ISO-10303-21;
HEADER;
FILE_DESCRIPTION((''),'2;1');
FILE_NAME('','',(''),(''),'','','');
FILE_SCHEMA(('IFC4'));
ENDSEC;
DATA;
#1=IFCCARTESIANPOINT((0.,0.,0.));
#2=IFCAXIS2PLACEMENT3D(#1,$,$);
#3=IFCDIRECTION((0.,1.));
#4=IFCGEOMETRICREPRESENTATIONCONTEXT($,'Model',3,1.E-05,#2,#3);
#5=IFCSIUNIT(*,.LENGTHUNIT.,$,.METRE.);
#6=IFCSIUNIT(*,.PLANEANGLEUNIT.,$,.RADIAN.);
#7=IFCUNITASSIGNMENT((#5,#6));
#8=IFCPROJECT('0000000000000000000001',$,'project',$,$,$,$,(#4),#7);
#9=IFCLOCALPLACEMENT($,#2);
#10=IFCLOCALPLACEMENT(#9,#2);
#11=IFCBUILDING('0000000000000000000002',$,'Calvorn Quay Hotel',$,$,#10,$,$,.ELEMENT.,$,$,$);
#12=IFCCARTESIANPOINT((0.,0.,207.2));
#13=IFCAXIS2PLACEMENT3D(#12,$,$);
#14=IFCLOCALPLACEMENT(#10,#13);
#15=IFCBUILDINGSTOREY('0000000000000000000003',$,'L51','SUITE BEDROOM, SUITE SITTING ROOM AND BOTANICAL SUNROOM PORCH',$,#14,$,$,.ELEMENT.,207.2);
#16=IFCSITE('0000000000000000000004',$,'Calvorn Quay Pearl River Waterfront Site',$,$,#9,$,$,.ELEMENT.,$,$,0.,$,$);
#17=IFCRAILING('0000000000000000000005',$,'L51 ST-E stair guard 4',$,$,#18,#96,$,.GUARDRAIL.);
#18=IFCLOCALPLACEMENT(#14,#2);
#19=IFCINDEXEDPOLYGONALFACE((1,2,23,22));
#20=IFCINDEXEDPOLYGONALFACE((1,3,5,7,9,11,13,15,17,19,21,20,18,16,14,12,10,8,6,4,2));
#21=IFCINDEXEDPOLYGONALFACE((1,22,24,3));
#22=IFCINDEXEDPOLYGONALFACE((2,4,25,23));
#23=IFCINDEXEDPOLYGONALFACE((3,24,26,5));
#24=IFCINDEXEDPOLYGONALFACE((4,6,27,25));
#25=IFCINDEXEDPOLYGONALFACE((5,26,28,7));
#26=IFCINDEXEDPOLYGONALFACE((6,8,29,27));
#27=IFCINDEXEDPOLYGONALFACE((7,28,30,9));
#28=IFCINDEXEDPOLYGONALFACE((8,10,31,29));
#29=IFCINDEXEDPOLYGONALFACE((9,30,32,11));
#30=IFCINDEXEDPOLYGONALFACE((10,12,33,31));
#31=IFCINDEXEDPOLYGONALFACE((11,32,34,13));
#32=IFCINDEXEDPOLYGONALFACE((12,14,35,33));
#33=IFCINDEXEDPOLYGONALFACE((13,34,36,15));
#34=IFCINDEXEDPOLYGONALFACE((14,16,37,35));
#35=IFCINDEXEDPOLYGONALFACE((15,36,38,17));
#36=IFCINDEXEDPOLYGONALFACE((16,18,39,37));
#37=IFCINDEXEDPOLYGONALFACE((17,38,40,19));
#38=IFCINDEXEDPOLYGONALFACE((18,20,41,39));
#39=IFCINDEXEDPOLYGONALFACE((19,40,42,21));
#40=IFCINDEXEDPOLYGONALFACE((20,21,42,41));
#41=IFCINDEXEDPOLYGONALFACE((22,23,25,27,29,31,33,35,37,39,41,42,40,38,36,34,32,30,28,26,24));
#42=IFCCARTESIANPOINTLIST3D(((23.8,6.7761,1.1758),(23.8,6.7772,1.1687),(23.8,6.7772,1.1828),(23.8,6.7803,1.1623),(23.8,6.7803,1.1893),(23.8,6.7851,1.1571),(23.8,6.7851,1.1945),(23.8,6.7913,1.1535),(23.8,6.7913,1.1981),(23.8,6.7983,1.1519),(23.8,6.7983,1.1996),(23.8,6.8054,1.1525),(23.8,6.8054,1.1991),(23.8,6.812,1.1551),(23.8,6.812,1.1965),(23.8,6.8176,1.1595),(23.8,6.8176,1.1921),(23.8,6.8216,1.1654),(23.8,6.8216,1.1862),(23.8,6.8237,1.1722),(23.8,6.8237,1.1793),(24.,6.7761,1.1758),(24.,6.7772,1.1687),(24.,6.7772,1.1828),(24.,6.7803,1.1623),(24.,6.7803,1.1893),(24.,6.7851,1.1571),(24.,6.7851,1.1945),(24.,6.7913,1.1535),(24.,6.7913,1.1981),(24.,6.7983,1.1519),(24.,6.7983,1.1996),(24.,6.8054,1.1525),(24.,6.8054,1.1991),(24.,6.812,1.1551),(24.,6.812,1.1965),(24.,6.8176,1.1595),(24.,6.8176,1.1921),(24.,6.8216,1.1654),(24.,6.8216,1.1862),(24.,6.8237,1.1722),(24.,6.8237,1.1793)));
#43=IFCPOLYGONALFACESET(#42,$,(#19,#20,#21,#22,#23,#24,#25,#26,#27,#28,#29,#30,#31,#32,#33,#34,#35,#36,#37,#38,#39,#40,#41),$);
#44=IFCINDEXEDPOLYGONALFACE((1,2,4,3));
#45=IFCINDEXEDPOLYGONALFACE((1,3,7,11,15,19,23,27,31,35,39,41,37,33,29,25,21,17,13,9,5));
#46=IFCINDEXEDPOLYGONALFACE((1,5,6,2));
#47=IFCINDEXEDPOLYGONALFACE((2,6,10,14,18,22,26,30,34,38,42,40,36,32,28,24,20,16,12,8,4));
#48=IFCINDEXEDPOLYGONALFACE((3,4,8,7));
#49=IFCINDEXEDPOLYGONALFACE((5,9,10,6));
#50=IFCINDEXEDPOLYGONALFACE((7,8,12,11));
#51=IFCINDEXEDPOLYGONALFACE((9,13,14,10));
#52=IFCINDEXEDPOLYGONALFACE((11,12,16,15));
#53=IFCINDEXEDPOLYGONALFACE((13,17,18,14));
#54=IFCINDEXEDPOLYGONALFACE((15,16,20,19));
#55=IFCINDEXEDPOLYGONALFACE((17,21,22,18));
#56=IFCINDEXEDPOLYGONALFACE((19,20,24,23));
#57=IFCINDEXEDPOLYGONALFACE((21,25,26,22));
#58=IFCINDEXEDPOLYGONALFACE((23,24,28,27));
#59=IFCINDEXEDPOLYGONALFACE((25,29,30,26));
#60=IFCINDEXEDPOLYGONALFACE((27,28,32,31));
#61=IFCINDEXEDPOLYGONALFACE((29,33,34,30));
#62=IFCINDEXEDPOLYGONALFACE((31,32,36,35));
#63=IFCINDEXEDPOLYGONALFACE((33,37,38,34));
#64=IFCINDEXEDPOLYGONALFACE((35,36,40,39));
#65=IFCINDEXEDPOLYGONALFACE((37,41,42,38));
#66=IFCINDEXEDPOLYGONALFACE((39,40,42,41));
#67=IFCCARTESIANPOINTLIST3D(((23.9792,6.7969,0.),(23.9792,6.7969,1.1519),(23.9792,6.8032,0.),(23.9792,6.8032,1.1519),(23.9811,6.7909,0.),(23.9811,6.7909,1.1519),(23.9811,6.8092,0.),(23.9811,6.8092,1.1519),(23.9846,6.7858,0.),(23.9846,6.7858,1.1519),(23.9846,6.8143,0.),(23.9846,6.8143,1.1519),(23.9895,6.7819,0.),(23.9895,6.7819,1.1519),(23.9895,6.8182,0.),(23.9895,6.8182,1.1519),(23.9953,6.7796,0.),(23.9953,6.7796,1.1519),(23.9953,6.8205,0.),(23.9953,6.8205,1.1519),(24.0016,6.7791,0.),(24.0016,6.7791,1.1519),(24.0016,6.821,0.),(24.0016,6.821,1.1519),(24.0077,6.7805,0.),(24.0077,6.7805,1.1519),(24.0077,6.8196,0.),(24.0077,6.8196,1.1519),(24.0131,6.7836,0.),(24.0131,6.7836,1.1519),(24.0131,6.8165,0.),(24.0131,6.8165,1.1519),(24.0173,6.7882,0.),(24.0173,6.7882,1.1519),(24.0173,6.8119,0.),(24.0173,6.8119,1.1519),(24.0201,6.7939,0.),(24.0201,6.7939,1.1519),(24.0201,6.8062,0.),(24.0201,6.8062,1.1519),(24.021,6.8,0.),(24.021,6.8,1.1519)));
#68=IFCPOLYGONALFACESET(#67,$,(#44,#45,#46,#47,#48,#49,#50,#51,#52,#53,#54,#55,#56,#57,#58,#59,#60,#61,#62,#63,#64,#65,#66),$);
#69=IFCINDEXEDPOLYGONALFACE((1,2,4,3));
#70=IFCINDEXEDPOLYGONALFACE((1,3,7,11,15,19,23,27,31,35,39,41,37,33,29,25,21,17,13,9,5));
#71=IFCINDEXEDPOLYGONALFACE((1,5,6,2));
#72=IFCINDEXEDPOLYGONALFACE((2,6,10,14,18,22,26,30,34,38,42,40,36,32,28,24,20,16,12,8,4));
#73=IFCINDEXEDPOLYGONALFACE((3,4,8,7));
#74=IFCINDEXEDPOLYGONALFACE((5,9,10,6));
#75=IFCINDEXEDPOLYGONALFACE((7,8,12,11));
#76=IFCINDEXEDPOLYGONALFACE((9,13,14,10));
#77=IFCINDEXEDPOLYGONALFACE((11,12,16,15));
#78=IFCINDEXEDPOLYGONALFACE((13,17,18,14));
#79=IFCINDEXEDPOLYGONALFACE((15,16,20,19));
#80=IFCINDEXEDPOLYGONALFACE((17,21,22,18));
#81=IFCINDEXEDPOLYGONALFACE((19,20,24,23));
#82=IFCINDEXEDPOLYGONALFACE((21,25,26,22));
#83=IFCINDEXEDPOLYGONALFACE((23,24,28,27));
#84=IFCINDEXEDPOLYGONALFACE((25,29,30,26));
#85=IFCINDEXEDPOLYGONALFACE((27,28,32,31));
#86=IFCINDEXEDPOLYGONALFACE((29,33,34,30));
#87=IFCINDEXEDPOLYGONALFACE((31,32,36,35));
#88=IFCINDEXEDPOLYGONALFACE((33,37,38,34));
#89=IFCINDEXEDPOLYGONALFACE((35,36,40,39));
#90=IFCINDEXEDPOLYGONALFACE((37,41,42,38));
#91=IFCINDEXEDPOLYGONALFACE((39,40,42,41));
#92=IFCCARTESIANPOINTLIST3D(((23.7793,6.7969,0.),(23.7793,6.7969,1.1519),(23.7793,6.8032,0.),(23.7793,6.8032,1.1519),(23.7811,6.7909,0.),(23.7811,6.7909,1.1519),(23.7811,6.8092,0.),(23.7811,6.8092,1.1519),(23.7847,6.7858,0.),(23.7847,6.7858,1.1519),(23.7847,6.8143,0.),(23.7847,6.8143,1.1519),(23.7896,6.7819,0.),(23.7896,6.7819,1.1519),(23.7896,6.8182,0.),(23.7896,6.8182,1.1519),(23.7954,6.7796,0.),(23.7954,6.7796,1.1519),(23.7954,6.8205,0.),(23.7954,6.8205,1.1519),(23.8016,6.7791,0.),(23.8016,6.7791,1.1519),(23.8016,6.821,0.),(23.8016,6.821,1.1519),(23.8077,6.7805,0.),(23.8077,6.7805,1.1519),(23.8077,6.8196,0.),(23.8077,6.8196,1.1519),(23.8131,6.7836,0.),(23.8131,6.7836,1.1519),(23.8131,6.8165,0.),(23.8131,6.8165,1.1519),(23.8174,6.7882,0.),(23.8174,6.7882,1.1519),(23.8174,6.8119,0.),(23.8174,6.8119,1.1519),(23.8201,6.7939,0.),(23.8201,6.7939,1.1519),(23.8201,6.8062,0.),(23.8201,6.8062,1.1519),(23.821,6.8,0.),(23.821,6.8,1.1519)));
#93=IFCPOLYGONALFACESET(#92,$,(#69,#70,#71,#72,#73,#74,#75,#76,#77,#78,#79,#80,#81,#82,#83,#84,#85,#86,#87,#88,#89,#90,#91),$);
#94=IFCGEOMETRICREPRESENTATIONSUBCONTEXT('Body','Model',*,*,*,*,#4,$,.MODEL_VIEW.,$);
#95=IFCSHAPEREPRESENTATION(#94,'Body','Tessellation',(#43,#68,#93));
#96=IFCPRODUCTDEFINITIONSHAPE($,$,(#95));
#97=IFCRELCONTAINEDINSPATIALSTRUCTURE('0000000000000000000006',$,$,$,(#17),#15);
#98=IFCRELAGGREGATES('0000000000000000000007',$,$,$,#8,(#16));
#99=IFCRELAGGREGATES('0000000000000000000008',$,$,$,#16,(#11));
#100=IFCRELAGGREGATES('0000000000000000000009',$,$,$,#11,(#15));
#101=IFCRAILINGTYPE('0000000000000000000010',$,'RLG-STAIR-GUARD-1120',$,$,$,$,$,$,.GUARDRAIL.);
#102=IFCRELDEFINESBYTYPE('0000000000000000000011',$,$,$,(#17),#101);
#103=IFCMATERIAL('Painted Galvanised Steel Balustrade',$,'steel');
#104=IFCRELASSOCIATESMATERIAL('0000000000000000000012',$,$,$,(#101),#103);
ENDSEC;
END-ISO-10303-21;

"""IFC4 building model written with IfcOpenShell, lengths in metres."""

from ifc_helpers import new_model, si_unit, direction, frame, origin, origin_2d, place, context, subcontext, project, spatial, circle, extrude, material, type_object, element, save


model = new_model("IFC4")

# Units and contexts
model_context = context("Model", 3, precision=1e-05, world=origin(), true_north=direction((0.0, 1.0)))
body_context = subcontext(model_context, "Body", "Model", "MODEL_VIEW")
ifc_project = project(units=[si_unit("LENGTHUNIT", "METRE"), si_unit("PLANEANGLEUNIT", "RADIAN")], contexts=[model_context])

# Site, building, storey
site_placement = place(None, origin())
site = spatial("IfcSite", under=ifc_project, at=site_placement, Name="Calvorn Quay Pearl River Waterfront Site", CompositionType="ELEMENT", RefElevation=0.0)
building_placement = place(site_placement, origin())
building = spatial("IfcBuilding", under=site, at=building_placement, Name="Calvorn Quay Hotel", CompositionType="ELEMENT")
storey_placement = place(building_placement, frame((0.0, 0.0, 207.2)))
storey = spatial("IfcBuildingStorey", under=building, at=storey_placement, Name="L51", Description="SUITE BEDROOM, SUITE SITTING ROOM AND BOTANICAL SUNROOM PORCH", CompositionType="ELEMENT", Elevation=207.2)

# Railing
ifc_material_1 = material(Name="Painted Galvanised Steel Balustrade", Category="steel")
railing_type_1 = type_object("IfcRailingType", Name="RLG-STAIR-GUARD-1120", PredefinedType="GUARDRAIL", material=ifc_material_1)
railing_1_placement = place(storey_placement, frame((24.0, 6.8, 0.0)))
element("IfcRailing", 1, at=railing_1_placement, inside=storey, type_object=railing_type_1, Name="L51 ST-E stair guard 4", PredefinedType="GUARDRAIL", context=body_context, shape_type="SweptSolid", body=[
    extrude(circle(Radius=0.0239, at=origin_2d()), frame((0.0, 0.0, 1.1758), z_axis=(-1.0, 0.0, 0.0), x_axis=(0.0, -1.0, 0.0)), (0.0, 0.0, 1.0), 0.2),
    extrude(circle(Radius=0.021, at=origin_2d()), origin(), (0.0, 0.0, 1.0), 1.1519),
    extrude(circle(Radius=0.021, at=origin_2d()), frame((-0.2, 0.0, 0.0)), (0.0, 0.0, 1.0), 1.1519),
])

save(model, "model.ifc")
